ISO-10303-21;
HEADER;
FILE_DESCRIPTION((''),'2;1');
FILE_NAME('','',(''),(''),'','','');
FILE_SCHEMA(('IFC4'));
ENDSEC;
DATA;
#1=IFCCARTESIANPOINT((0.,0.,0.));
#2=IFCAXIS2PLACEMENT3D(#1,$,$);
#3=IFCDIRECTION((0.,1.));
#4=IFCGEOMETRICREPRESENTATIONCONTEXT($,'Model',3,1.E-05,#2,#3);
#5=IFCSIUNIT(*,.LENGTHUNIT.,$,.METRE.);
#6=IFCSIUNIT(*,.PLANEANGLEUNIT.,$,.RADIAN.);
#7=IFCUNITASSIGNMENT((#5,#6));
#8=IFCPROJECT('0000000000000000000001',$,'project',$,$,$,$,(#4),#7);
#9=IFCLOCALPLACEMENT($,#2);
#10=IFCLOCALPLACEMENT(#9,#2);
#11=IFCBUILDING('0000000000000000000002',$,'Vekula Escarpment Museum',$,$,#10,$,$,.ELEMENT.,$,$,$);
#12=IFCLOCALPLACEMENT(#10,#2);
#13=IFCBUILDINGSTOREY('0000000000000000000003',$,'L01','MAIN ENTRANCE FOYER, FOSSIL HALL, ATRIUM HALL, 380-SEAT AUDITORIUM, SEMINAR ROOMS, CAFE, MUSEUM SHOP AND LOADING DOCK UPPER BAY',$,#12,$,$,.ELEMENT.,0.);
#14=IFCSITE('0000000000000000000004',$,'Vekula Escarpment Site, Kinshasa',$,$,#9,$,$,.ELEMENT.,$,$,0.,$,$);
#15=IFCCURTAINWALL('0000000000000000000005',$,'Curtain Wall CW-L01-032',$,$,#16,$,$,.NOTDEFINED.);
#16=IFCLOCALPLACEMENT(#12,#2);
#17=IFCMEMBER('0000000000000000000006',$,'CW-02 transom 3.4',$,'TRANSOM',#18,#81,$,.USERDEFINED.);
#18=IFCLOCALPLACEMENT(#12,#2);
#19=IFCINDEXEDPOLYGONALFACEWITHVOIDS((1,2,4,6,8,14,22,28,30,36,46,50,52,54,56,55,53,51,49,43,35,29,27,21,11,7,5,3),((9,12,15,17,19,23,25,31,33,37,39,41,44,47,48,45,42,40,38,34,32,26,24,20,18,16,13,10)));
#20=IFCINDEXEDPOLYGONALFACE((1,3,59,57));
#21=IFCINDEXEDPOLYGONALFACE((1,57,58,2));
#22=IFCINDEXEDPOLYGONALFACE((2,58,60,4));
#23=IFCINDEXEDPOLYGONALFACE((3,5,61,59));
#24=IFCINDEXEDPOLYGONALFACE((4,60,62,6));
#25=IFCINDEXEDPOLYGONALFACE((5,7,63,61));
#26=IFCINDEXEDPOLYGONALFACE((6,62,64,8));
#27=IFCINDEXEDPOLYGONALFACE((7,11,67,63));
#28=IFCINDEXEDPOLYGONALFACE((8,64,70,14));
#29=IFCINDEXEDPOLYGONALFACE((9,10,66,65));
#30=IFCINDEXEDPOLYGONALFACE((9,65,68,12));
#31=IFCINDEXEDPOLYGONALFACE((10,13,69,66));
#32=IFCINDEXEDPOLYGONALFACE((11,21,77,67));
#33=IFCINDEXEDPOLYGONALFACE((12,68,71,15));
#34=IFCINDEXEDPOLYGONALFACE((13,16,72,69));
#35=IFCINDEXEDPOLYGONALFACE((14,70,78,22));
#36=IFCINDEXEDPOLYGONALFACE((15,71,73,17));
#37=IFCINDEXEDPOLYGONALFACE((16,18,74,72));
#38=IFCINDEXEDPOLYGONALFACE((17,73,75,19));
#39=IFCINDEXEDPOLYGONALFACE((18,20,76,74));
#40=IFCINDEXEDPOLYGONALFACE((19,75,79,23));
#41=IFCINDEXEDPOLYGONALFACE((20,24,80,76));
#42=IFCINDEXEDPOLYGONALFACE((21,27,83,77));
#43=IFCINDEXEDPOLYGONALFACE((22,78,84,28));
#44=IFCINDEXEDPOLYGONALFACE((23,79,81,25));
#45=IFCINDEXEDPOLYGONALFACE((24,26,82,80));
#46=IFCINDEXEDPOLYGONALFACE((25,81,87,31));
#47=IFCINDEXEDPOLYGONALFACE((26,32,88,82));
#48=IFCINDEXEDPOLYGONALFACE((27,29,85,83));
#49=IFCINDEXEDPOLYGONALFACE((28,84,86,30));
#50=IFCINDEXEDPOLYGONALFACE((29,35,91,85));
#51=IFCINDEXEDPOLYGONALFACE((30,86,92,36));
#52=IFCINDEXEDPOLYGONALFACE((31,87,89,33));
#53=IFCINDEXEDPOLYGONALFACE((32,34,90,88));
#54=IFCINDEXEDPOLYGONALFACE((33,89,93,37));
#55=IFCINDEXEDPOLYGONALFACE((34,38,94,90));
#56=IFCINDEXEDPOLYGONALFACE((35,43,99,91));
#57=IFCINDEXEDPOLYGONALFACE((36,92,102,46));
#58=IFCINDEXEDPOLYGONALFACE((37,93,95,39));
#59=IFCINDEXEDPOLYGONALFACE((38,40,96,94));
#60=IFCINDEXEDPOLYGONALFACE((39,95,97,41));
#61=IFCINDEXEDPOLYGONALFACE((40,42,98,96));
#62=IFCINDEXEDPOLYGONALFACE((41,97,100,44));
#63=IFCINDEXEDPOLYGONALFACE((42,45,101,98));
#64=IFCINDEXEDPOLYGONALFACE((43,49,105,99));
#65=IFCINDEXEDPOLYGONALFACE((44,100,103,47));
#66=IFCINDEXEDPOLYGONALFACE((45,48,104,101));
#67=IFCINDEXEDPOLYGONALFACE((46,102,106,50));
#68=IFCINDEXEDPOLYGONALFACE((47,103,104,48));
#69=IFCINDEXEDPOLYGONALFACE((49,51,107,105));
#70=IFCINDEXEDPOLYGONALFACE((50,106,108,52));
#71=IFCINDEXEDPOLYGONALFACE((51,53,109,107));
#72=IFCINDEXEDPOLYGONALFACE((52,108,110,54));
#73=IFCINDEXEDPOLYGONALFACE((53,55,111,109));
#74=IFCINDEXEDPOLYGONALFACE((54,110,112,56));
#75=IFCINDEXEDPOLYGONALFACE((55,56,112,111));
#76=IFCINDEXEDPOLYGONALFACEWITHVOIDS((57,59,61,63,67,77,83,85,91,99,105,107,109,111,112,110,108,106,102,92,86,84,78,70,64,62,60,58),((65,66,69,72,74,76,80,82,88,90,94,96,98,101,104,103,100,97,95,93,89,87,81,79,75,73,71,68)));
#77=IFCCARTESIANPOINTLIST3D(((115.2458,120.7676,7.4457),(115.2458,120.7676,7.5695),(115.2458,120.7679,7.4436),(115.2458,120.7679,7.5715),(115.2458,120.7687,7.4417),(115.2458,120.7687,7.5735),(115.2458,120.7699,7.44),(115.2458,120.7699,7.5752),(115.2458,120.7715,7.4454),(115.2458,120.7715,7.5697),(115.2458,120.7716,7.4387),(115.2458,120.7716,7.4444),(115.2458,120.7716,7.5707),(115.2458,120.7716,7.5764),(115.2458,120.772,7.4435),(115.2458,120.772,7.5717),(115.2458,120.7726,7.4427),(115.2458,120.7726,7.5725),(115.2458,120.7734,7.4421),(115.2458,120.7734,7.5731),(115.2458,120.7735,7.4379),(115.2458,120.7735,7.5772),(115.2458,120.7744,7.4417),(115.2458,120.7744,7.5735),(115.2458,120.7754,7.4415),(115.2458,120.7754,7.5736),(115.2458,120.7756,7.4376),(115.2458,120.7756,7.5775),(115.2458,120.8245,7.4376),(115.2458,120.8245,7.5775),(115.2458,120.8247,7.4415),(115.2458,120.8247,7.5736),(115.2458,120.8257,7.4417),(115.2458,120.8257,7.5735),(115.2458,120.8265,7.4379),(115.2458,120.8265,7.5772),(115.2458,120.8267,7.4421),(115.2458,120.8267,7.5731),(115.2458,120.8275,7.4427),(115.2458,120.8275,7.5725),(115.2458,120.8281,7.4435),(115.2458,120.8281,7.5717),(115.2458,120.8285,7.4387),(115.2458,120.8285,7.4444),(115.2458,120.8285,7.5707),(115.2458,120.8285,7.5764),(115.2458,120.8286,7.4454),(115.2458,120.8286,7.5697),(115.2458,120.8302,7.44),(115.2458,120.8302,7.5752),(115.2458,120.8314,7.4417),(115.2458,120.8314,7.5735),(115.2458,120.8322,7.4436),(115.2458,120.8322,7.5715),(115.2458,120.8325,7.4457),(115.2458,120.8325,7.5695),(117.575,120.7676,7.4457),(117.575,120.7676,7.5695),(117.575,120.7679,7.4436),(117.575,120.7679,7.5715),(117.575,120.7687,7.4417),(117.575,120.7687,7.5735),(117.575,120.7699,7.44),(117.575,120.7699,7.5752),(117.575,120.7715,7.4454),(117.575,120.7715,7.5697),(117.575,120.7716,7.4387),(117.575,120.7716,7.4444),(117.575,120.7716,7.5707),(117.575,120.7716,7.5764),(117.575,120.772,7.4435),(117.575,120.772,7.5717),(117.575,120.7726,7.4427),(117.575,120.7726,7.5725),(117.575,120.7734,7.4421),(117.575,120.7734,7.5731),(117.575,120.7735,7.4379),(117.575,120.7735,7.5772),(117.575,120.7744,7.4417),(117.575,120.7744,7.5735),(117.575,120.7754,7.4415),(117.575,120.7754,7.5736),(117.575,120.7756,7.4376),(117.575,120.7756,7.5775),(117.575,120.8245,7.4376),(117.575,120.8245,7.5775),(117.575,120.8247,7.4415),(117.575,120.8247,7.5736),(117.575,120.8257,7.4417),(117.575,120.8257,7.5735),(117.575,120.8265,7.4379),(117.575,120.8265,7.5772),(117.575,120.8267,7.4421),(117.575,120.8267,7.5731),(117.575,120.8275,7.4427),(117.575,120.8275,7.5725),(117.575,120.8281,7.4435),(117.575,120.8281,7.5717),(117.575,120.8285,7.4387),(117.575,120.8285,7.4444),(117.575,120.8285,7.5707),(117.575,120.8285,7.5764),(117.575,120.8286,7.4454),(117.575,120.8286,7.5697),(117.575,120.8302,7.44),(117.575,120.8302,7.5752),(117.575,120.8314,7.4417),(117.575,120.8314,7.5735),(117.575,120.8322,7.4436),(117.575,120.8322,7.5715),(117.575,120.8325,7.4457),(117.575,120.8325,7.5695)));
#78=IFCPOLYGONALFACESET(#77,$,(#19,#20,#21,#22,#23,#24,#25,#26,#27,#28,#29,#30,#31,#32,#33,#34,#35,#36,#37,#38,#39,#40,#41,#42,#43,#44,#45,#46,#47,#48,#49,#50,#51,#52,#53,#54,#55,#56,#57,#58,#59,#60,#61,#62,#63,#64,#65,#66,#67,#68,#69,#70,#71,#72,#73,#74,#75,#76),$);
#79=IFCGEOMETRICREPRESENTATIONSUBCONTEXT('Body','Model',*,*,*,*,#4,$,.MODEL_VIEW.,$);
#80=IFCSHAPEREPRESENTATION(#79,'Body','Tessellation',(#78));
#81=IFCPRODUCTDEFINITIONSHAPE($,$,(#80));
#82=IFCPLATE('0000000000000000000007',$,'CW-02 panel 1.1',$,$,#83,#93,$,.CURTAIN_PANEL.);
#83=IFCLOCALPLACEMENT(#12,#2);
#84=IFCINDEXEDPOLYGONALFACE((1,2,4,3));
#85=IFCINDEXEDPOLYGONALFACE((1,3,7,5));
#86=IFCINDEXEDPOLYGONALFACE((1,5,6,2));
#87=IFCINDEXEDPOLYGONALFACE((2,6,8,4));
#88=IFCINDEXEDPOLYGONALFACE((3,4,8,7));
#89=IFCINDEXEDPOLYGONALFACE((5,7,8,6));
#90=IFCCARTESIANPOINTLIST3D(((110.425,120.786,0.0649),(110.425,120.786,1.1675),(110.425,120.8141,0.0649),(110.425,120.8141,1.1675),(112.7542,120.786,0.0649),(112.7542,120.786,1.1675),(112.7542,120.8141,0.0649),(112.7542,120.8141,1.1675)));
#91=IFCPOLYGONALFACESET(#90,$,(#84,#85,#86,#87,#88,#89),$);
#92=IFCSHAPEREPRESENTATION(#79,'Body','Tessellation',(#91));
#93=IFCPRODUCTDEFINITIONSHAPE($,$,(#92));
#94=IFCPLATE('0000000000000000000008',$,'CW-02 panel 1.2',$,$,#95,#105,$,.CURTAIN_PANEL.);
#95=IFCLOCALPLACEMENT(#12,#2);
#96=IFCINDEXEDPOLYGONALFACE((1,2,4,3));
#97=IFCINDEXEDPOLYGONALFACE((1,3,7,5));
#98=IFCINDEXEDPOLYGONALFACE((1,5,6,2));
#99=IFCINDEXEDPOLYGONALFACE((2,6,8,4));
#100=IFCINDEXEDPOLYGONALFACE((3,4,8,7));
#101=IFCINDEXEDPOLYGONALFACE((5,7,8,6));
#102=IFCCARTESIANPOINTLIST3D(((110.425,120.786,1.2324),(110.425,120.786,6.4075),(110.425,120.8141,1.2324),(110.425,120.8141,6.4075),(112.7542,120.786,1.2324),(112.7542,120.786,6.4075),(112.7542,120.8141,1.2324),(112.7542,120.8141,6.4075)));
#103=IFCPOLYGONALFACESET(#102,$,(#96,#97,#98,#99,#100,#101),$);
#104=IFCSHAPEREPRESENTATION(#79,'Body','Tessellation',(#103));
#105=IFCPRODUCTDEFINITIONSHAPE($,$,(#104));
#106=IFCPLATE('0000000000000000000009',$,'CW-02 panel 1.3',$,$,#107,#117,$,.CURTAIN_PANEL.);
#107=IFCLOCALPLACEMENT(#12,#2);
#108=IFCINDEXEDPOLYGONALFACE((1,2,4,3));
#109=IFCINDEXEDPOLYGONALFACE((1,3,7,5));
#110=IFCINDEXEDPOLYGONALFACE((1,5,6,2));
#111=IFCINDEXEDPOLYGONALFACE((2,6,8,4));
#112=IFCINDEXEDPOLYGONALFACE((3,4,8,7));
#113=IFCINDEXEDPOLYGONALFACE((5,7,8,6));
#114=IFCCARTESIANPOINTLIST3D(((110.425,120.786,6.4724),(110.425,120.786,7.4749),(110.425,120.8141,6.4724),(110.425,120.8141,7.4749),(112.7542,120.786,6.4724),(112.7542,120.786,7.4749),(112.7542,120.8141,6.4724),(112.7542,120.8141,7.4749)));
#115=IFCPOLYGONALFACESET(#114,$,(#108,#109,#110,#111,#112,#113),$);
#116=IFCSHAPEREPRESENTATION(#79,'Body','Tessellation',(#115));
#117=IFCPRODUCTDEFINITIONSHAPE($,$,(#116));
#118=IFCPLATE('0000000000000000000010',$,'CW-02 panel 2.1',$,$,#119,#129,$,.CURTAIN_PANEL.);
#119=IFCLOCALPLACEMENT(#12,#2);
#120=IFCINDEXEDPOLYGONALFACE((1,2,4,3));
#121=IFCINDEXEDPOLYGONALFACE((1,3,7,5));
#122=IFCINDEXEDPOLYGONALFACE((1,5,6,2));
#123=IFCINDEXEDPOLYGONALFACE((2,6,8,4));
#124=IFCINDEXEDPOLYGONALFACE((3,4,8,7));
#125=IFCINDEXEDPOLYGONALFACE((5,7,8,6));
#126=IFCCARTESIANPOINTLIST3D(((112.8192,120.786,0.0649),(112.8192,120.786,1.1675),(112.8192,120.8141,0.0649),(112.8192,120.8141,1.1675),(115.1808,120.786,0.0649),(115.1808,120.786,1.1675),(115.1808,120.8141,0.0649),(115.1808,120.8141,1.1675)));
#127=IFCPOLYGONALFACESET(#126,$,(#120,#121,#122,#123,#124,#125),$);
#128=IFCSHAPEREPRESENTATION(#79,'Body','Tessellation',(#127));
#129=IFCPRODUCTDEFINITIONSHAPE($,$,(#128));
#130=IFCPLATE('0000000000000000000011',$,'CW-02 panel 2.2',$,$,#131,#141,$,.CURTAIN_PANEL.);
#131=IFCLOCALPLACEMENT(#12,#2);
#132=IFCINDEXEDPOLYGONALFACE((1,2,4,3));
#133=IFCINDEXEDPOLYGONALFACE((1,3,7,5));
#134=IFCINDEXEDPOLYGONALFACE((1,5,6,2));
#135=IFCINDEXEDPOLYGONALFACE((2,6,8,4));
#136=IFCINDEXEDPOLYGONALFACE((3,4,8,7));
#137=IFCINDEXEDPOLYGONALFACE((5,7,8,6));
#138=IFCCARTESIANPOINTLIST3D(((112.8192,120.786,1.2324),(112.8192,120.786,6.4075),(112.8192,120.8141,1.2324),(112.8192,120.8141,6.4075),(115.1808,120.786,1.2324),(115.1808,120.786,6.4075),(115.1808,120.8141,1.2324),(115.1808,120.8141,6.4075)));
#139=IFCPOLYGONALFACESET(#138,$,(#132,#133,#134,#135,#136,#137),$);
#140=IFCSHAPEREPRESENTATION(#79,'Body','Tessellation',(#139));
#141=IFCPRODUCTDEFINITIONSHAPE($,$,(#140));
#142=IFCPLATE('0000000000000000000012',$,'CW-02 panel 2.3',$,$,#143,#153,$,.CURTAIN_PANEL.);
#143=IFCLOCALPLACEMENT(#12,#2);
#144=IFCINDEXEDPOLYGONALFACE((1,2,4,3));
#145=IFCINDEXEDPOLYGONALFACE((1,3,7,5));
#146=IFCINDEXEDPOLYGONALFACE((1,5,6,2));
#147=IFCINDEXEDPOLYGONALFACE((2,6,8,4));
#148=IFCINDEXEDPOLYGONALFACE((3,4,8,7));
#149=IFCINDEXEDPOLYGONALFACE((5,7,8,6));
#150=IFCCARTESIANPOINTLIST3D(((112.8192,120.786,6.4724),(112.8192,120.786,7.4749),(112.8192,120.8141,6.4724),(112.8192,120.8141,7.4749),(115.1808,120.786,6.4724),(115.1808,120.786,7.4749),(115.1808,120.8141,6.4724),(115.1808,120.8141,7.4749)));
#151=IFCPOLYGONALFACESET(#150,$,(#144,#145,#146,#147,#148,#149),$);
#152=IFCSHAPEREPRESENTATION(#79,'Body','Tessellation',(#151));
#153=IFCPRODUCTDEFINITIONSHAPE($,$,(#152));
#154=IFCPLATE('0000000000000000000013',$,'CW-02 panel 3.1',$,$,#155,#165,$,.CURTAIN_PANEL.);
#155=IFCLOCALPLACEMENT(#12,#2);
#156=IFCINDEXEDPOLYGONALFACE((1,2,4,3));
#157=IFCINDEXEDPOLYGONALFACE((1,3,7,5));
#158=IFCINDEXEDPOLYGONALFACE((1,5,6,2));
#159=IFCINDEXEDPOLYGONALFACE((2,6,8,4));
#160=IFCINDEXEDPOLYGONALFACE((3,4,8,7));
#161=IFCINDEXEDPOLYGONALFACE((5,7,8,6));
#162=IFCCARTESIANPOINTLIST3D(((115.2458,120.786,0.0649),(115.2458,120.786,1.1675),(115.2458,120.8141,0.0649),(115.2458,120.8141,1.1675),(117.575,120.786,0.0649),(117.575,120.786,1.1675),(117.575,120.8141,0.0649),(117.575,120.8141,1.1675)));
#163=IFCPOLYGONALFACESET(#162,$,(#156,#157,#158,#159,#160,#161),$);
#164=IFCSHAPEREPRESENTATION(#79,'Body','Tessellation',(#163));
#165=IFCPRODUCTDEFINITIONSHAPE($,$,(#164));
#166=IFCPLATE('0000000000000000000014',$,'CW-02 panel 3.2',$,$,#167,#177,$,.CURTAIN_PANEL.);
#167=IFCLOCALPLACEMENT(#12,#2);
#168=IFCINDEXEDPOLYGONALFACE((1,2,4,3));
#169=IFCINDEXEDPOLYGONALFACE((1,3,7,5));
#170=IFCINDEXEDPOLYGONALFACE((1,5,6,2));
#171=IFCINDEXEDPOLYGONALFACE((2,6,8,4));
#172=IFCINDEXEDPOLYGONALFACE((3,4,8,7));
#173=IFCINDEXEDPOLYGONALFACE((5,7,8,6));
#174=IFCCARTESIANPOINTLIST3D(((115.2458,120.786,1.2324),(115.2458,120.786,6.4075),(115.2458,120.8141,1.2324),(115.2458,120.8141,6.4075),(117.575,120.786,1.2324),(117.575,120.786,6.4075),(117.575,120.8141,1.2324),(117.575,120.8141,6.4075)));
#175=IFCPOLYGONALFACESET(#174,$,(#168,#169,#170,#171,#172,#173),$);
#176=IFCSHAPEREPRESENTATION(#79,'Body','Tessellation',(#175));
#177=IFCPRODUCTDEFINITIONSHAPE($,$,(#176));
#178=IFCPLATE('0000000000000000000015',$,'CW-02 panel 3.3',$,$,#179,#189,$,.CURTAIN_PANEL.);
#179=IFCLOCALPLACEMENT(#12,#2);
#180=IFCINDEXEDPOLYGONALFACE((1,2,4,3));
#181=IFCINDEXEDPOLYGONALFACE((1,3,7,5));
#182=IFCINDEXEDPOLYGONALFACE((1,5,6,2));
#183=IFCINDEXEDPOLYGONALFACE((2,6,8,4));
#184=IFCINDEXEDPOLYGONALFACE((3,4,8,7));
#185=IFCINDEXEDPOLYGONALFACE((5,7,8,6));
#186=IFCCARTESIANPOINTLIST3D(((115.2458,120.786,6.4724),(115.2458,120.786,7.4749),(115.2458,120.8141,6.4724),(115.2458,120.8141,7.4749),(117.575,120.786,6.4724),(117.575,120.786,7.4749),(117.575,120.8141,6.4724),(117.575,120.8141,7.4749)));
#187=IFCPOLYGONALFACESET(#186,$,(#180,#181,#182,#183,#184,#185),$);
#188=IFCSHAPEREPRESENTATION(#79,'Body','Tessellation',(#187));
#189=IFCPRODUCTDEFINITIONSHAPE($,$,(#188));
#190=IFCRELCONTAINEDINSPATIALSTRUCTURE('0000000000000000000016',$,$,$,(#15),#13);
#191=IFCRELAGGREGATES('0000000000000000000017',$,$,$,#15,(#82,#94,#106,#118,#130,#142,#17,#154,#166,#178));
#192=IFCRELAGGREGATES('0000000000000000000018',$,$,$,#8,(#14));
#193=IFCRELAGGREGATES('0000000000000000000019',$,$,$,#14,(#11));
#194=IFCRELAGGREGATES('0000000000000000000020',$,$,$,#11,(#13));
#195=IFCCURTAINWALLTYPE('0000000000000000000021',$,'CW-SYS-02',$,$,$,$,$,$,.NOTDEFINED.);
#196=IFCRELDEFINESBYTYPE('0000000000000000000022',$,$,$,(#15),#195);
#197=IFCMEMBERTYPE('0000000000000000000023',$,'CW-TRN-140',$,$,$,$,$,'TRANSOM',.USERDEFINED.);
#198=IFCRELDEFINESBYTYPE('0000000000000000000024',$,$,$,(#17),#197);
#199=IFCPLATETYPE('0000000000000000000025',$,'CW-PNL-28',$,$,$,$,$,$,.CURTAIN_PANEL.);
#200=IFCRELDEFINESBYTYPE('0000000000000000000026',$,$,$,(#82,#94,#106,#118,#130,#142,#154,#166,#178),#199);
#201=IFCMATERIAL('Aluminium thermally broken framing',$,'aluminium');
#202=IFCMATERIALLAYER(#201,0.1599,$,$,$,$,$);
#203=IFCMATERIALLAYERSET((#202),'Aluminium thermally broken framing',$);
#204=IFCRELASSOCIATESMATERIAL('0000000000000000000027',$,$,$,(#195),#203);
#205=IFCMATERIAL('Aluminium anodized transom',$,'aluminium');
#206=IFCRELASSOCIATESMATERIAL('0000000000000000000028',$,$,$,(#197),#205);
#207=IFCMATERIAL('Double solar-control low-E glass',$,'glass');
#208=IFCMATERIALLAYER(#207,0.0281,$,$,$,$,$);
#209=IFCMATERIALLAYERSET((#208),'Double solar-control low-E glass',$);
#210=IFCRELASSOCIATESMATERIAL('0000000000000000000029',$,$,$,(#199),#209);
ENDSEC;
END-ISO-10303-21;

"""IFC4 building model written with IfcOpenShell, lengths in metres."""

from ifc_helpers import new_model, si_unit, direction, frame, origin, origin_2d, place, context, subcontext, project, spatial, rectangle, hollow_rectangle, extrude, material, layer, layer_set, material_profile, profile_set, type_object, element, aggregate, save


model = new_model("IFC4")

# Units and contexts
model_context = context("Model", 3, precision=1e-05, world=origin(), true_north=direction((0.0, 1.0)))
body_context = subcontext(model_context, "Body", "Model", "MODEL_VIEW")
ifc_project = project(units=[si_unit("LENGTHUNIT", "METRE"), si_unit("PLANEANGLEUNIT", "RADIAN")], contexts=[model_context])

# Site, building, storey
site_placement = place(None, origin())
site = spatial("IfcSite", under=ifc_project, at=site_placement, Name="Vekula Escarpment Site, Kinshasa", CompositionType="ELEMENT", RefElevation=0.0)
building_placement = place(site_placement, origin())
building = spatial("IfcBuilding", under=site, at=building_placement, Name="Vekula Escarpment Museum", CompositionType="ELEMENT")
storey_placement = place(building_placement, origin())
storey = spatial("IfcBuildingStorey", under=building, at=storey_placement, Name="L01", Description="MAIN ENTRANCE FOYER, FOSSIL HALL, ATRIUM HALL, 380-SEAT AUDITORIUM, SEMINAR ROOMS, CAFE, MUSEUM SHOP AND LOADING DOCK UPPER BAY", CompositionType="ELEMENT", Elevation=0.0)

# Curtain wall, member, plates
ifc_material_1 = material(Name="Aluminium thermally broken framing", Category="aluminium")
ifc_layer_1 = layer(ifc_material_1, 0.1599)
ifc_layer_set_1 = layer_set([ifc_layer_1], Name="Aluminium thermally broken framing")
curtain_wall_type = type_object("IfcCurtainWallType", Name="CW-SYS-02", PredefinedType="NOTDEFINED", material=ifc_layer_set_1)
curtain_wall_placement = place(storey_placement, origin())
curtain_wall = element("IfcCurtainWall", 1, at=curtain_wall_placement, inside=storey, type_object=curtain_wall_type, Name="Curtain Wall CW-L01-032", PredefinedType="NOTDEFINED")
ifc_material_2 = material(Name="Aluminium anodized transom", Category="aluminium")
ifc_material_profile_1 = material_profile(ifc_material_2, hollow_rectangle(XDim=0.0649, YDim=0.1399, WallThickness=0.0039, InnerFilletRadius=0.0039, OuterFilletRadius=0.0081, at=origin_2d()), Name="ALU 140x65x4")
ifc_profile_set_1 = profile_set([ifc_material_profile_1], Name="Aluminium anodized transom")
member_type_1 = type_object("IfcMemberType", Name="CW-TRN-140", ElementType="TRANSOM", PredefinedType="USERDEFINED", material=ifc_profile_set_1)
member_1_placement = place(storey_placement, frame((115.2458, 120.8, 7.5076), z_axis=(1.0, 0.0, 0.0), x_axis=(0.0, 1.0, 0.0)))
member_1 = element("IfcMember", 2, at=member_1_placement, type_object=member_type_1, Name="CW-02 transom 3.4", ObjectType="TRANSOM", PredefinedType="USERDEFINED", context=body_context, shape_type="SweptSolid", body=[
    extrude(hollow_rectangle(XDim=0.0649, YDim=0.1399, WallThickness=0.0039, InnerFilletRadius=0.0039, OuterFilletRadius=0.0081, at=origin_2d()), origin(), (0.0, 0.0, 1.0), 2.3291),
])
ifc_material_3 = material(Name="Double solar-control low-E glass", Category="glass")
ifc_layer_2 = layer(ifc_material_3, 0.0281)
ifc_layer_set_2 = layer_set([ifc_layer_2], Name="Double solar-control low-E glass")
plate_type = type_object("IfcPlateType", Name="CW-PNL-28", PredefinedType="CURTAIN_PANEL", material=ifc_layer_set_2)
plate_1_placement = place(storey_placement, frame((111.5896, 120.8, 0.0649), z_axis=(0.0, 0.0, 1.0), x_axis=(1.0, 0.0, 0.0)))
plate_1 = element("IfcPlate", 3, at=plate_1_placement, type_object=plate_type, Name="CW-02 panel 1.1", PredefinedType="CURTAIN_PANEL", context=body_context, shape_type="SweptSolid", body=[
    extrude(rectangle(XDim=2.3291, YDim=0.0281, at=origin_2d()), origin(), (0.0, 0.0, 1.0), 1.1025),
])
plate_2_placement = place(storey_placement, frame((111.5896, 120.8, 1.2324), z_axis=(0.0, 0.0, 1.0), x_axis=(1.0, 0.0, 0.0)))
plate_2 = element("IfcPlate", 4, at=plate_2_placement, type_object=plate_type, Name="CW-02 panel 1.2", PredefinedType="CURTAIN_PANEL", context=body_context, shape_type="SweptSolid", body=[
    extrude(rectangle(XDim=2.3291, YDim=0.0281, at=origin_2d()), origin(), (0.0, 0.0, 1.0), 5.175),
])
plate_3_placement = place(storey_placement, frame((111.5896, 120.8, 6.4724), z_axis=(0.0, 0.0, 1.0), x_axis=(1.0, 0.0, 0.0)))
plate_3 = element("IfcPlate", 5, at=plate_3_placement, type_object=plate_type, Name="CW-02 panel 1.3", PredefinedType="CURTAIN_PANEL", context=body_context, shape_type="SweptSolid", body=[
    extrude(rectangle(XDim=2.3291, YDim=0.0281, at=origin_2d()), origin(), (0.0, 0.0, 1.0), 1.0024),
])
plate_4_placement = place(storey_placement, frame((114.0, 120.8, 0.0649), z_axis=(0.0, 0.0, 1.0), x_axis=(1.0, 0.0, 0.0)))
plate_4 = element("IfcPlate", 6, at=plate_4_placement, type_object=plate_type, Name="CW-02 panel 2.1", PredefinedType="CURTAIN_PANEL", context=body_context, shape_type="SweptSolid", body=[
    extrude(rectangle(XDim=2.3616, YDim=0.0281, at=origin_2d()), origin(), (0.0, 0.0, 1.0), 1.1025),
])
plate_5_placement = place(storey_placement, frame((114.0, 120.8, 1.2324), z_axis=(0.0, 0.0, 1.0), x_axis=(1.0, 0.0, 0.0)))
plate_5 = element("IfcPlate", 7, at=plate_5_placement, type_object=plate_type, Name="CW-02 panel 2.2", PredefinedType="CURTAIN_PANEL", context=body_context, shape_type="SweptSolid", body=[
    extrude(rectangle(XDim=2.3616, YDim=0.0281, at=origin_2d()), origin(), (0.0, 0.0, 1.0), 5.175),
])
plate_6_placement = place(storey_placement, frame((114.0, 120.8, 6.4724), z_axis=(0.0, 0.0, 1.0), x_axis=(1.0, 0.0, 0.0)))
plate_6 = element("IfcPlate", 8, at=plate_6_placement, type_object=plate_type, Name="CW-02 panel 2.3", PredefinedType="CURTAIN_PANEL", context=body_context, shape_type="SweptSolid", body=[
    extrude(rectangle(XDim=2.3616, YDim=0.0281, at=origin_2d()), origin(), (0.0, 0.0, 1.0), 1.0024),
])
plate_7_placement = place(storey_placement, frame((116.4104, 120.8, 0.0649), z_axis=(0.0, 0.0, 1.0), x_axis=(1.0, 0.0, 0.0)))
plate_7 = element("IfcPlate", 9, at=plate_7_placement, type_object=plate_type, Name="CW-02 panel 3.1", PredefinedType="CURTAIN_PANEL", context=body_context, shape_type="SweptSolid", body=[
    extrude(rectangle(XDim=2.3291, YDim=0.0281, at=origin_2d()), origin(), (0.0, 0.0, 1.0), 1.1025),
])
plate_8_placement = place(storey_placement, frame((116.4104, 120.8, 1.2324), z_axis=(0.0, 0.0, 1.0), x_axis=(1.0, 0.0, 0.0)))
plate_8 = element("IfcPlate", 10, at=plate_8_placement, type_object=plate_type, Name="CW-02 panel 3.2", PredefinedType="CURTAIN_PANEL", context=body_context, shape_type="SweptSolid", body=[
    extrude(rectangle(XDim=2.3291, YDim=0.0281, at=origin_2d()), origin(), (0.0, 0.0, 1.0), 5.175),
])
plate_9_placement = place(storey_placement, frame((116.4104, 120.8, 6.4724), z_axis=(0.0, 0.0, 1.0), x_axis=(1.0, 0.0, 0.0)))
plate_9 = element("IfcPlate", 11, at=plate_9_placement, type_object=plate_type, Name="CW-02 panel 3.3", PredefinedType="CURTAIN_PANEL", context=body_context, shape_type="SweptSolid", body=[
    extrude(rectangle(XDim=2.3291, YDim=0.0281, at=origin_2d()), origin(), (0.0, 0.0, 1.0), 1.0024),
])
aggregate(curtain_wall, [plate_1, plate_2, plate_3, plate_4, plate_5, plate_6, member_1, plate_7, plate_8, plate_9])

save(model, "model.ifc")
